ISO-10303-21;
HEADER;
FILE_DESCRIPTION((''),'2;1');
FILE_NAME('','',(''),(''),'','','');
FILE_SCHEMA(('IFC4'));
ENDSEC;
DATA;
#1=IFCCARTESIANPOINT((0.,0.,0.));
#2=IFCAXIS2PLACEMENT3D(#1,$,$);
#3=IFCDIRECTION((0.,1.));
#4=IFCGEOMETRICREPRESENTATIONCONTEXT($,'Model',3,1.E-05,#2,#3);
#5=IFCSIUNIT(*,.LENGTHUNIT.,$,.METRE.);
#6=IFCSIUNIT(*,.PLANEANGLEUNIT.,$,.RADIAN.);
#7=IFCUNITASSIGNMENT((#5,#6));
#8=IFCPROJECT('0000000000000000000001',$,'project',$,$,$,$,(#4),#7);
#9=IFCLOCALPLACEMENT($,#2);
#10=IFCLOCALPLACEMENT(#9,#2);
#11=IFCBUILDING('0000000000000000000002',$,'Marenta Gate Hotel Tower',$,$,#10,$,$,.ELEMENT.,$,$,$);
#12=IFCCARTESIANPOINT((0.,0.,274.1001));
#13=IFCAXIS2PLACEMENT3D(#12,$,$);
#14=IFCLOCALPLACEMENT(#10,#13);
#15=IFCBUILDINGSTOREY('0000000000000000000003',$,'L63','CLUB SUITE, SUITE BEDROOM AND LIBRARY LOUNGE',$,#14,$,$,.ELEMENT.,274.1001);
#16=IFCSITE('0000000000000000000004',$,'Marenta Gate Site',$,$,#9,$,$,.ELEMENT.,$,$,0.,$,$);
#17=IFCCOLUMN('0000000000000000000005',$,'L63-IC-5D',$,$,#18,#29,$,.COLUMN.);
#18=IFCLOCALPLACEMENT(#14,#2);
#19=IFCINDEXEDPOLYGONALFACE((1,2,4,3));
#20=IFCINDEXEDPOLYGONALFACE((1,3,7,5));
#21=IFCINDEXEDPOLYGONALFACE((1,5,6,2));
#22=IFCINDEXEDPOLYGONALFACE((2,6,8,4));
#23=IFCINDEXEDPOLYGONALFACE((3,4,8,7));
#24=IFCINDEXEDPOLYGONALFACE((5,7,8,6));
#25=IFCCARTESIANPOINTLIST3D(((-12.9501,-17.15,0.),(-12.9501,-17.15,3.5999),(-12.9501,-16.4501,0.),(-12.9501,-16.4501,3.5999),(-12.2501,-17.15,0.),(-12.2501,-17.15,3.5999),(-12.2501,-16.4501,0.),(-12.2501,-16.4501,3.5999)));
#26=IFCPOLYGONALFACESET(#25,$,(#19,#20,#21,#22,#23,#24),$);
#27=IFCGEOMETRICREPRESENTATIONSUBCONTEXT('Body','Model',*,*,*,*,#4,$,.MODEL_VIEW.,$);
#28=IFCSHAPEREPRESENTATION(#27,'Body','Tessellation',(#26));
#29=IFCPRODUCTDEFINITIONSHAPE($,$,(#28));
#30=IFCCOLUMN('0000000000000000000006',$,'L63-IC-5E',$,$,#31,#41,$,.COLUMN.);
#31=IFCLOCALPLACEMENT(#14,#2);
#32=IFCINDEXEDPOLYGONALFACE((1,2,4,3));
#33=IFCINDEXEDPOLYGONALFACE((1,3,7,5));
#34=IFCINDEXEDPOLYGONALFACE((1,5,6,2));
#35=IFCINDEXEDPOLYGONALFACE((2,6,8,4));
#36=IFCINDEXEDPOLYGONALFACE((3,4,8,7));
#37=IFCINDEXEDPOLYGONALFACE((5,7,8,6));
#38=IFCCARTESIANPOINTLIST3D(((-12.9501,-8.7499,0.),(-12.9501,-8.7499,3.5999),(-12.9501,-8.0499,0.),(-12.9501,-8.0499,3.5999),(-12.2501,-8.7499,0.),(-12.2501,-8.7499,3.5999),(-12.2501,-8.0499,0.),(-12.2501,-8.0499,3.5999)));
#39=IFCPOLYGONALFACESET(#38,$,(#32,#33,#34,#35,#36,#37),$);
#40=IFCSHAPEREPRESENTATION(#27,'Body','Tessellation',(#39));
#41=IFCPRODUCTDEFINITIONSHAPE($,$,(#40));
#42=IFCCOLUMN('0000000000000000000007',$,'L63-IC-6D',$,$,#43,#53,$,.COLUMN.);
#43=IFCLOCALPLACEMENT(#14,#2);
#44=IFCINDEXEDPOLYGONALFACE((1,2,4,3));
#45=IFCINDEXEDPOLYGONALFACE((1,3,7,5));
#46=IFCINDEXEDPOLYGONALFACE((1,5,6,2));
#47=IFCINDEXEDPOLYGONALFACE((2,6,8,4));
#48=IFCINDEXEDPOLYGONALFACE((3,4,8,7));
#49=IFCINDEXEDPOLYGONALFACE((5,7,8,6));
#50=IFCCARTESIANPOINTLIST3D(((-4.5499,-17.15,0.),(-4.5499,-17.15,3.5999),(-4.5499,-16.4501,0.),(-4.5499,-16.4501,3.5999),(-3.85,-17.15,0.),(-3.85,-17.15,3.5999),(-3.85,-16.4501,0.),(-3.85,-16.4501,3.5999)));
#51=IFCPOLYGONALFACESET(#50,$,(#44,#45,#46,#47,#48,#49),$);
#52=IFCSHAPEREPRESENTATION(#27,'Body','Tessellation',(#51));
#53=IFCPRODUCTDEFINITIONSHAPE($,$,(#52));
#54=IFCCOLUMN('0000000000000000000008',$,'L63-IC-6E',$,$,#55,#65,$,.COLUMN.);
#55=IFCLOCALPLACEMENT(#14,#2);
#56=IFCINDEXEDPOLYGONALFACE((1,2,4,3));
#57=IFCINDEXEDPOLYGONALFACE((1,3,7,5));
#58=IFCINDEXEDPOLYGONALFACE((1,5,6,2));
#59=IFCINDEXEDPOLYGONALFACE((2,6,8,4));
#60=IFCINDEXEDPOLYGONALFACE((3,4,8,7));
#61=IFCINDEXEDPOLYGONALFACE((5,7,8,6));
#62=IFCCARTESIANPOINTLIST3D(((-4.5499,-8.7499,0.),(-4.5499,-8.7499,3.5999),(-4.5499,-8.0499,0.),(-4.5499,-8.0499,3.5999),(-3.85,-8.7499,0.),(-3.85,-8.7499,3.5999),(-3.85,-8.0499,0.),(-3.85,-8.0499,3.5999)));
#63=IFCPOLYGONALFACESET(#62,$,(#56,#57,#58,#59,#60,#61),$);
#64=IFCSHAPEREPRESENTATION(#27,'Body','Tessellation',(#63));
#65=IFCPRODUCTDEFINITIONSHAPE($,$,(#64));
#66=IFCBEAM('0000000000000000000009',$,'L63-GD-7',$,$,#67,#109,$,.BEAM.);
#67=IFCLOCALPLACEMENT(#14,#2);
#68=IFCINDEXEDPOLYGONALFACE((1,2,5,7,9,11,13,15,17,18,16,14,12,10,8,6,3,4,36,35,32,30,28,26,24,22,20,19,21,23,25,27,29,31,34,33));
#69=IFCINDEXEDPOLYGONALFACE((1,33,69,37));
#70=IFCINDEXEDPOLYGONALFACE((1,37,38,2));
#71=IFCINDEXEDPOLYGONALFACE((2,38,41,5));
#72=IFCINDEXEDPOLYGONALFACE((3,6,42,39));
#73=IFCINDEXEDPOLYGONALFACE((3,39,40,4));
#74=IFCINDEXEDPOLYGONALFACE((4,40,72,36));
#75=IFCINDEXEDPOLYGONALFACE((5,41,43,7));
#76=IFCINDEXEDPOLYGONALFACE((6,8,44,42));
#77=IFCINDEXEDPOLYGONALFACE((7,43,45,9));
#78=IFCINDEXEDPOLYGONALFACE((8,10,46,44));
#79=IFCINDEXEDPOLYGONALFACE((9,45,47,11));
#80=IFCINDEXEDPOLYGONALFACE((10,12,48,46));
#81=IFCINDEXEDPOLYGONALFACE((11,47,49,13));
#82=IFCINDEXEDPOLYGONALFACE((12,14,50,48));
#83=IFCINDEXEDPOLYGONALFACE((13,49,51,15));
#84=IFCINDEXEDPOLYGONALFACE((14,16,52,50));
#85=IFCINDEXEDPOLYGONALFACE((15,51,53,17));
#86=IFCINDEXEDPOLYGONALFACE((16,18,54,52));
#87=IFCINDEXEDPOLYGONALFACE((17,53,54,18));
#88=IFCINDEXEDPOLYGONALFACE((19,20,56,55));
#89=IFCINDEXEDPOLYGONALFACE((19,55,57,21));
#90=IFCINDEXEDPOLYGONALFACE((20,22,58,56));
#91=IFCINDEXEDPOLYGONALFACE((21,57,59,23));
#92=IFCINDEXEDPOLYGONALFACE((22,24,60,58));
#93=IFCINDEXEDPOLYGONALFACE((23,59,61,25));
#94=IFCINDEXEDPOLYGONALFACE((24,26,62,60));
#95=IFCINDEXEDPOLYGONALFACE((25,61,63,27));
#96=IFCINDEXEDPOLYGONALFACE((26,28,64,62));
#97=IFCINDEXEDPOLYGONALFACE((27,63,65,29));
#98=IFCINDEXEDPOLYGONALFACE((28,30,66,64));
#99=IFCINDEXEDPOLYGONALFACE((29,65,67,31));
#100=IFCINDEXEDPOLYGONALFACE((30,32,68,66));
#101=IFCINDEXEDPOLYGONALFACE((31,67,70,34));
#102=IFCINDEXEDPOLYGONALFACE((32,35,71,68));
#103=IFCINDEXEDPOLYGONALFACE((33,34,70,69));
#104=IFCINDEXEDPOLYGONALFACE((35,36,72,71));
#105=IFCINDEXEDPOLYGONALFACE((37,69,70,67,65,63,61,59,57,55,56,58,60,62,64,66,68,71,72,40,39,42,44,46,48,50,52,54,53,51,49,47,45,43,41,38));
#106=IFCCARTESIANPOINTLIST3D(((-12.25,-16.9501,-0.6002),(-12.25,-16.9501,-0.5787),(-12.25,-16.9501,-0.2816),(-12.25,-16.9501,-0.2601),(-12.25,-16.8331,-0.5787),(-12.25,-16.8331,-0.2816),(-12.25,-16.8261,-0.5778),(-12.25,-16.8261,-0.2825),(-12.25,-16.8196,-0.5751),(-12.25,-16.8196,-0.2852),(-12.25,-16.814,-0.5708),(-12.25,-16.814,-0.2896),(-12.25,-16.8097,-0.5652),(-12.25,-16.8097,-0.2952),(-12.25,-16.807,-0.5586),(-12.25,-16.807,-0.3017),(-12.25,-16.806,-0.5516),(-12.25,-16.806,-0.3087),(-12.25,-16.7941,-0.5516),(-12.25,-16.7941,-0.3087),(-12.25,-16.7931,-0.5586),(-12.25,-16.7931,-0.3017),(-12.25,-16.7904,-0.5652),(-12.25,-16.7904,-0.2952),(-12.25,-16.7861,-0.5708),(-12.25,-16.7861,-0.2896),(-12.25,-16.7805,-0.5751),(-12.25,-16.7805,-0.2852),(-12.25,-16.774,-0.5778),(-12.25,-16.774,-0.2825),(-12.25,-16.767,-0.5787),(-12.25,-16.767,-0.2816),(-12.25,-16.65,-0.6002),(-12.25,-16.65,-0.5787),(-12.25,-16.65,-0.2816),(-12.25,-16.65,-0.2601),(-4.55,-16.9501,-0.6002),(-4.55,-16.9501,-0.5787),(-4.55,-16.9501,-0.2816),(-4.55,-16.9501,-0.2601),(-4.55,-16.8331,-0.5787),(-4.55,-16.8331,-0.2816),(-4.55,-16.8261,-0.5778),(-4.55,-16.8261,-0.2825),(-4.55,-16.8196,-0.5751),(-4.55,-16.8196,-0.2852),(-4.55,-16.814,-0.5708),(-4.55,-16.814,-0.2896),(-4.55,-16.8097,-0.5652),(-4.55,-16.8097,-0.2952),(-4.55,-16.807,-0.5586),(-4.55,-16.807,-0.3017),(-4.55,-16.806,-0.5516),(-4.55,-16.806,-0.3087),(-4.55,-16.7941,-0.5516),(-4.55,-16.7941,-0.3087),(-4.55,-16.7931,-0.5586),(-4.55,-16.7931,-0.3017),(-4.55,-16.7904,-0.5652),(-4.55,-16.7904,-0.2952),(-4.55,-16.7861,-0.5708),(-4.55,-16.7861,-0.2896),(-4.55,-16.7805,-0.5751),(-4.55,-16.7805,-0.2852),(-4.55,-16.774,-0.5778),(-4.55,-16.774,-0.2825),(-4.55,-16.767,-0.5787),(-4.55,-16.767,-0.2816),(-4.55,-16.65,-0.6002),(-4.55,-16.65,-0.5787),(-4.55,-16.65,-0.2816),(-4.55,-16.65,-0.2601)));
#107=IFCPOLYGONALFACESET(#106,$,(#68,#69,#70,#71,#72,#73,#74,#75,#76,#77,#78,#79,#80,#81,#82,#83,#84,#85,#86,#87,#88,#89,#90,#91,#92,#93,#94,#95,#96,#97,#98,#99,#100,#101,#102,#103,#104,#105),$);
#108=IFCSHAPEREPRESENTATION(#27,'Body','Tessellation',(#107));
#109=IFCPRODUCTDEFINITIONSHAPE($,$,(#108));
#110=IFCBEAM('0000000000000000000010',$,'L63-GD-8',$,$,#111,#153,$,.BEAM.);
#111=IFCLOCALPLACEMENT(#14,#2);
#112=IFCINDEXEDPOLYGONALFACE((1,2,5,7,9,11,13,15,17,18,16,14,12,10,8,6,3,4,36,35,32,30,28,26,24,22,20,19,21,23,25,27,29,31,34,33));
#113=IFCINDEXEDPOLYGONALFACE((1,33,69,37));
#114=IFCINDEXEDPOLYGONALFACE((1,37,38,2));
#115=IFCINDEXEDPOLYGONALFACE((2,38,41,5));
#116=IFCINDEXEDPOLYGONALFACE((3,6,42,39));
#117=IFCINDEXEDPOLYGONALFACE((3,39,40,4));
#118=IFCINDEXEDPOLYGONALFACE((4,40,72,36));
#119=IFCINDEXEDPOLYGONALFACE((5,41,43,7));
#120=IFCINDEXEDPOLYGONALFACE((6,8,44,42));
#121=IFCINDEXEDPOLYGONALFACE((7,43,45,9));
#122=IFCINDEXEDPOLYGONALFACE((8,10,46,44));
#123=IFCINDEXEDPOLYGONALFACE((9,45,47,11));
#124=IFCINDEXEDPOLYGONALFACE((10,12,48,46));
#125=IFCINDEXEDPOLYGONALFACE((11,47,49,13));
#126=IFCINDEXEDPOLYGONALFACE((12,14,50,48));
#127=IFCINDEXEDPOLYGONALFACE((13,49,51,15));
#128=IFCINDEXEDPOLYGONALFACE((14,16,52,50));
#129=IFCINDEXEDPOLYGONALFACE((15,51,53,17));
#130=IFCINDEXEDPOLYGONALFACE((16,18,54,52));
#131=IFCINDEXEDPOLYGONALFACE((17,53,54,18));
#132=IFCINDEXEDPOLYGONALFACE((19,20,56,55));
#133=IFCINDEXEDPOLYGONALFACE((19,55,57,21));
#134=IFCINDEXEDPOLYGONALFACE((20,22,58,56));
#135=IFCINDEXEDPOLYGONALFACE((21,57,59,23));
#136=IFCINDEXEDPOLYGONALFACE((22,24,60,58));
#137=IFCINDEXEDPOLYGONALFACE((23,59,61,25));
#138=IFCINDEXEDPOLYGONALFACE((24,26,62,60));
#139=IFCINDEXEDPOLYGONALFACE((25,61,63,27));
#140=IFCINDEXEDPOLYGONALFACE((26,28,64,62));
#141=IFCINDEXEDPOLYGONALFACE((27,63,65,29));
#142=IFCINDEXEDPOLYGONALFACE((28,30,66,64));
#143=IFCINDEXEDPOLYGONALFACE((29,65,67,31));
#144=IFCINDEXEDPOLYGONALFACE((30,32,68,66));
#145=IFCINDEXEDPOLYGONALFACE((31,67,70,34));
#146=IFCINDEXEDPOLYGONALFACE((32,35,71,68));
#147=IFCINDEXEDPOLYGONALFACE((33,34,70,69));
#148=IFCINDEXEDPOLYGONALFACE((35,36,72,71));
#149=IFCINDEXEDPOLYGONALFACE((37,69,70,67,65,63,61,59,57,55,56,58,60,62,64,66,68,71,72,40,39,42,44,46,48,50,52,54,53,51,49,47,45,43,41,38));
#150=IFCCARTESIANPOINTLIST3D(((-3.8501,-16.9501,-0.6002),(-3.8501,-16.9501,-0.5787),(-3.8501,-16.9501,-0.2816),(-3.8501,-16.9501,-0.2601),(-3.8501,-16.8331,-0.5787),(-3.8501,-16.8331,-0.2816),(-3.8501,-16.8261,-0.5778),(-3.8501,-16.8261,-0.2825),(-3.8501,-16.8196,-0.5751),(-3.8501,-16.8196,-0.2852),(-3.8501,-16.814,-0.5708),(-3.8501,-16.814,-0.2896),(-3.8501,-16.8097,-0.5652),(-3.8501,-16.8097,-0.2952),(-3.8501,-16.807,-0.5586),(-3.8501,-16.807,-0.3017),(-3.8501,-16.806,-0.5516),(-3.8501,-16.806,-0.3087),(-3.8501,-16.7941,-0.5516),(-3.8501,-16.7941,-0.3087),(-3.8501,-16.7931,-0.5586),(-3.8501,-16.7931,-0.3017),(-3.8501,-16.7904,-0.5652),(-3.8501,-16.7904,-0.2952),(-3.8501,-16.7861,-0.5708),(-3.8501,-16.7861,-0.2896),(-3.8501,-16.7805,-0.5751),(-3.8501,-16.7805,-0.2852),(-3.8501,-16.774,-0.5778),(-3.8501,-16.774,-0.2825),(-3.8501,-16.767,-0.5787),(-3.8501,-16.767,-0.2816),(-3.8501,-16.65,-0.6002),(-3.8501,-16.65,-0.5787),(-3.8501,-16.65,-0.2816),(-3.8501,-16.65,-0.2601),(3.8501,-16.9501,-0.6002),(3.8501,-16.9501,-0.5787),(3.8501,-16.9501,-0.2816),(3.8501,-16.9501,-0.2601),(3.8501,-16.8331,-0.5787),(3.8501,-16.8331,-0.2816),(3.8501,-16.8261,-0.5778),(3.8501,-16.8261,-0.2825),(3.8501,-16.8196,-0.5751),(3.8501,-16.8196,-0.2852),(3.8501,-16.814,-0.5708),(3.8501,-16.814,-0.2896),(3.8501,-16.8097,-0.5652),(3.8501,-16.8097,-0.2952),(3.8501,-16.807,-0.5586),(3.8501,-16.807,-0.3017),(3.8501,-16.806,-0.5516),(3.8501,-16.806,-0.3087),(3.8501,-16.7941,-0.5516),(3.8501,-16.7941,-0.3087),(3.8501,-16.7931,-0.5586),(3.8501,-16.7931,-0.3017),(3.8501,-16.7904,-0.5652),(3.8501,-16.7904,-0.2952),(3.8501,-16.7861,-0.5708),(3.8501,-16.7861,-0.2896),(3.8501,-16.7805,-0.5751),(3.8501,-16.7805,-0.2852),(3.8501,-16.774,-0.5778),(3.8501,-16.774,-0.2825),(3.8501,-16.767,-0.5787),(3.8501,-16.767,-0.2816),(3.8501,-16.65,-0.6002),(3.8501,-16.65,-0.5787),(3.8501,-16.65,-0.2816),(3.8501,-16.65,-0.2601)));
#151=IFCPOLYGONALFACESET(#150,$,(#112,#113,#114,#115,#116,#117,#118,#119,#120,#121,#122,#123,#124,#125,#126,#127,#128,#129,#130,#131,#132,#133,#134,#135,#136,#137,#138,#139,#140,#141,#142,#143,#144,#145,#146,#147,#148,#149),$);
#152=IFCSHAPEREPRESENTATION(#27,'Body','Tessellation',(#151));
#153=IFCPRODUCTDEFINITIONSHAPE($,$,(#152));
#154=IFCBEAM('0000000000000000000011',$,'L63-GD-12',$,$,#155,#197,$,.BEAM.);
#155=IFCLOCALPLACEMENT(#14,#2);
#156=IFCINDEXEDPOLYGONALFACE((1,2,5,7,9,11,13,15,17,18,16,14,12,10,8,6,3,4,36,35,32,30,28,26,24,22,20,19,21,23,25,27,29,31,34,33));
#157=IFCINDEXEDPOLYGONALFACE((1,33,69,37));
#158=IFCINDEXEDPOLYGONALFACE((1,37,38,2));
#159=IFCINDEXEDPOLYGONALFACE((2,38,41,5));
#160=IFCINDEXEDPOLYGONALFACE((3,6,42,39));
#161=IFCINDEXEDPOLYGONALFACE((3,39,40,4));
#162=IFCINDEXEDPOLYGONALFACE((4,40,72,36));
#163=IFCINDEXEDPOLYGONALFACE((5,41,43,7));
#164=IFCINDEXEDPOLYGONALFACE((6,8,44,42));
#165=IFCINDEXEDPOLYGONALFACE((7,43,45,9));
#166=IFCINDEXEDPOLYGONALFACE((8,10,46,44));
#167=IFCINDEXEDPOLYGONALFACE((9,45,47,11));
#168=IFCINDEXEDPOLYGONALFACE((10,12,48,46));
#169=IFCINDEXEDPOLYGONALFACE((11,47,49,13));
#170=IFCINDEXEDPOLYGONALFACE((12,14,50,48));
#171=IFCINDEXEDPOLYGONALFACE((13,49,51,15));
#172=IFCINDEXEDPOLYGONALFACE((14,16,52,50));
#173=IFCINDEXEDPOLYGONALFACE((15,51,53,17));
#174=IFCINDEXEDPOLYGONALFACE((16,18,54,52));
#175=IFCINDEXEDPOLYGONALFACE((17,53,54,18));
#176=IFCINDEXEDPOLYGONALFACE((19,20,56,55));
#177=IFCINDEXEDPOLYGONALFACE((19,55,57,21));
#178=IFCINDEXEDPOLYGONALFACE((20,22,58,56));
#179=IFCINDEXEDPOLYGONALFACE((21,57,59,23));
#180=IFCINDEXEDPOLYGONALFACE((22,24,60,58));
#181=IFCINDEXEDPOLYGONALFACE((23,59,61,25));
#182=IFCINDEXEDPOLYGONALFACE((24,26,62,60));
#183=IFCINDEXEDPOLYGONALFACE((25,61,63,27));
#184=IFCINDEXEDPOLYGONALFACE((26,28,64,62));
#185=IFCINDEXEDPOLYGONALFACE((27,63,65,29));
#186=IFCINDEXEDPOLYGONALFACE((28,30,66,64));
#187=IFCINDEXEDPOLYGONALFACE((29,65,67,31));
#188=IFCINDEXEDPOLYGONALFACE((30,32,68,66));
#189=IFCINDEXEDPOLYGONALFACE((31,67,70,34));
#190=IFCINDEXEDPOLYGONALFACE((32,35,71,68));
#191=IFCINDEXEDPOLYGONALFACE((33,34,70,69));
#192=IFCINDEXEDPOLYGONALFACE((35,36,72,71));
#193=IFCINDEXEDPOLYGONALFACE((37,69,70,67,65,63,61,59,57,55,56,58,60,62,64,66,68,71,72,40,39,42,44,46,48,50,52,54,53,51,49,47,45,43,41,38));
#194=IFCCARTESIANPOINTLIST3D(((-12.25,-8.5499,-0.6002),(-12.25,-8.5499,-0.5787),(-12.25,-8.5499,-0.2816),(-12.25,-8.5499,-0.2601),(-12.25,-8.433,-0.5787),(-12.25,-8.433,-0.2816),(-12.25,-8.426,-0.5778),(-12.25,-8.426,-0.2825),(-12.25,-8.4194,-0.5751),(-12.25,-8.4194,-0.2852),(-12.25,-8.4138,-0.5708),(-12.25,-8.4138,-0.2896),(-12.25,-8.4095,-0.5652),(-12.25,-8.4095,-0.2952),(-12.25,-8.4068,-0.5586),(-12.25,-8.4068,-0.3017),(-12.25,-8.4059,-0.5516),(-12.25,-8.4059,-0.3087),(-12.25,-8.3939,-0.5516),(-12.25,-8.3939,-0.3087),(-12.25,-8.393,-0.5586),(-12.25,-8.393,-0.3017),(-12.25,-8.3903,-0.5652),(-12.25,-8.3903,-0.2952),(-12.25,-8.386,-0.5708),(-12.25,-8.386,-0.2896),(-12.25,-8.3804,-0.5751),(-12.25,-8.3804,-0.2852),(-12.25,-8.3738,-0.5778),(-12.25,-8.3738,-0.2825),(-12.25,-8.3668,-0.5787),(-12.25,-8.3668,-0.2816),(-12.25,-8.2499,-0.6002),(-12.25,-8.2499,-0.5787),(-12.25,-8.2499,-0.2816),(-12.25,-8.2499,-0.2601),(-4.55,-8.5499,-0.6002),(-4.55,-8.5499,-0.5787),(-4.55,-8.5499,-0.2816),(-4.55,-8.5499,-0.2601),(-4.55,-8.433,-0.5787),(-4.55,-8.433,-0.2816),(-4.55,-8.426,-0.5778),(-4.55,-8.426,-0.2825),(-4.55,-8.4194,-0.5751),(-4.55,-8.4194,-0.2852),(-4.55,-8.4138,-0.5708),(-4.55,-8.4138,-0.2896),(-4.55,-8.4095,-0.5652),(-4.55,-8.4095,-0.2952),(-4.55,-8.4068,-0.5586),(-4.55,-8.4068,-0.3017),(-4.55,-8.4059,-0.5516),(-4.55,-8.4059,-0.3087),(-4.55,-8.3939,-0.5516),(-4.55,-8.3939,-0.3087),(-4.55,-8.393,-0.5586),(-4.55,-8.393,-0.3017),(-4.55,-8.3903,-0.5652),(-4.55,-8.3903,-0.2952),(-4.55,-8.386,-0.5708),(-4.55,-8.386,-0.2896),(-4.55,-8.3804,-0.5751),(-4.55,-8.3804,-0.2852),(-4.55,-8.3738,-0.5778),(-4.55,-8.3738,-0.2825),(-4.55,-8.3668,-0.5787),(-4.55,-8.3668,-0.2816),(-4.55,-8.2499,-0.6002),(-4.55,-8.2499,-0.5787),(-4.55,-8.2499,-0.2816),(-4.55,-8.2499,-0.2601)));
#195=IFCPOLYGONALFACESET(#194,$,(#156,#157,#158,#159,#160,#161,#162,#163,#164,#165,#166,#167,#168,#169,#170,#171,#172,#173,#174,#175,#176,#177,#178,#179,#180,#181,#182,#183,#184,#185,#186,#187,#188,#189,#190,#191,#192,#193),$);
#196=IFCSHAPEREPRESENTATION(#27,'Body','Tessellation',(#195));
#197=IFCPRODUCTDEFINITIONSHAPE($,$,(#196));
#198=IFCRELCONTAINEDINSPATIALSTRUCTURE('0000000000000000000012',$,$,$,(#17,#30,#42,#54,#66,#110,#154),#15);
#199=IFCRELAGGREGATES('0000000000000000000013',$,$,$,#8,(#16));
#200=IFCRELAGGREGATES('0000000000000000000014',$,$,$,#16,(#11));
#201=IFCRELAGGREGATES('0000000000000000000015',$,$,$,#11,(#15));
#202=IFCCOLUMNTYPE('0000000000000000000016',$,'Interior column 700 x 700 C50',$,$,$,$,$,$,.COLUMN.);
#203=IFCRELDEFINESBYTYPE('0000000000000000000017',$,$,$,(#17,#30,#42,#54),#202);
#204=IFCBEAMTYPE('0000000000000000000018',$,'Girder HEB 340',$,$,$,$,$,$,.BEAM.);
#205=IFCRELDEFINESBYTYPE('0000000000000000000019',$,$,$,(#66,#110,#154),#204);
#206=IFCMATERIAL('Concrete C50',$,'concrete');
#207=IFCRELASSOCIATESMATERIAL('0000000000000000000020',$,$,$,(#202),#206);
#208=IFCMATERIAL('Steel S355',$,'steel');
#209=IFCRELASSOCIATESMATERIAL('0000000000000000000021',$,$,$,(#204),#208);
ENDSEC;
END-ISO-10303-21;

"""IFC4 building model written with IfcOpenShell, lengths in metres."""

from ifc_helpers import new_model, si_unit, direction, frame, origin, origin_2d, place, context, subcontext, project, spatial, rectangle, i_section, extrude, material, material_profile, profile_set, type_object, element, save


model = new_model("IFC4")

# Units and contexts
model_context = context("Model", 3, precision=1e-05, world=origin(), true_north=direction((0.0, 1.0)))
body_context = subcontext(model_context, "Body", "Model", "MODEL_VIEW")
ifc_project = project(units=[si_unit("LENGTHUNIT", "METRE"), si_unit("PLANEANGLEUNIT", "RADIAN")], contexts=[model_context])

# Site, building, storey
site_placement = place(None, origin())
site = spatial("IfcSite", under=ifc_project, at=site_placement, Name="Marenta Gate Site", CompositionType="ELEMENT", RefElevation=0.0)
building_placement = place(site_placement, origin())
building = spatial("IfcBuilding", under=site, at=building_placement, Name="Marenta Gate Hotel Tower", CompositionType="ELEMENT")
storey_placement = place(building_placement, frame((0.0, 0.0, 274.1001)))
storey = spatial("IfcBuildingStorey", under=building, at=storey_placement, Name="L63", Description="CLUB SUITE, SUITE BEDROOM AND LIBRARY LOUNGE", CompositionType="ELEMENT", Elevation=274.1001)

# Columns
ifc_material_1 = material(Name="Concrete C50", Category="concrete")
ifc_material_profile_1 = material_profile(ifc_material_1, rectangle(XDim=0.7, YDim=0.7, at=origin_2d()), Name="700 x 700")
ifc_profile_set_1 = profile_set([ifc_material_profile_1], Name="Concrete C50")
column_type = type_object("IfcColumnType", Name="Interior column 700 x 700 C50", PredefinedType="COLUMN", material=ifc_profile_set_1)
for number, where, z_axis, x_axis, name in (
    (1, (-12.6001, -16.8, 0.0), (0.0, 0.0, 1.0), (1.0, 0.0, 0.0), "L63-IC-5D"),
    (2, (-12.6001, -8.3999, 0.0), (0.0, 0.0, 1.0), (1.0, 0.0, 0.0), "L63-IC-5E"),
    (3, (-4.2, -16.8, 0.0), (0.0, 0.0, 1.0), (1.0, 0.0, 0.0), "L63-IC-6D"),
    (4, (-4.2, -8.3999, 0.0), (0.0, 0.0, 1.0), (1.0, 0.0, 0.0), "L63-IC-6E"),
):
    element("IfcColumn", number, at=place(storey_placement, frame(where, z_axis=z_axis, x_axis=x_axis)), inside=storey, type_object=column_type, Name=name, PredefinedType="COLUMN", context=body_context, shape_type="SweptSolid", body=[
        extrude(rectangle(XDim=0.7, YDim=0.7, at=origin_2d()), origin(), (0.0, 0.0, 1.0), 3.5999),
    ])

# Beams
ifc_material_2 = material(Name="Steel S355", Category="steel")
ifc_material_profile_2 = material_profile(ifc_material_2, i_section(OverallWidth=0.3, OverallDepth=0.3401, WebThickness=0.012, FlangeThickness=0.0215, FilletRadius=0.0271, at=origin_2d()), Name="HEB 340")
ifc_profile_set_2 = profile_set([ifc_material_profile_2], Name="Steel S355")
beam_type = type_object("IfcBeamType", Name="Girder HEB 340", PredefinedType="BEAM", material=ifc_profile_set_2)
beam_1_placement = place(storey_placement, frame((-12.25, -16.8, -0.4302), z_axis=(1.0, 0.0, 0.0), x_axis=(0.0, 1.0, 0.0)))
element("IfcBeam", 5, at=beam_1_placement, inside=storey, type_object=beam_type, Name="L63-GD-7", PredefinedType="BEAM", context=body_context, shape_type="SweptSolid", body=[
    extrude(i_section(OverallWidth=0.3, OverallDepth=0.3401, WebThickness=0.012, FlangeThickness=0.0215, FilletRadius=0.0271, at=origin_2d()), origin(), (0.0, 0.0, 1.0), 7.7),
])
beam_2_placement = place(storey_placement, frame((-3.8501, -16.8, -0.4302), z_axis=(1.0, 0.0, 0.0), x_axis=(0.0, 1.0, 0.0)))
element("IfcBeam", 6, at=beam_2_placement, inside=storey, type_object=beam_type, Name="L63-GD-8", PredefinedType="BEAM", context=body_context, shape_type="SweptSolid", body=[
    extrude(i_section(OverallWidth=0.3, OverallDepth=0.3401, WebThickness=0.012, FlangeThickness=0.0215, FilletRadius=0.0271, at=origin_2d()), origin(), (0.0, 0.0, 1.0), 7.7002),
])
beam_3_placement = place(storey_placement, frame((-12.25, -8.3999, -0.4302), z_axis=(1.0, 0.0, 0.0), x_axis=(0.0, 1.0, 0.0)))
element("IfcBeam", 7, at=beam_3_placement, inside=storey, type_object=beam_type, Name="L63-GD-12", PredefinedType="BEAM", context=body_context, shape_type="SweptSolid", body=[
    extrude(i_section(OverallWidth=0.3, OverallDepth=0.3401, WebThickness=0.012, FlangeThickness=0.0215, FilletRadius=0.0271, at=origin_2d()), origin(), (0.0, 0.0, 1.0), 7.7),
])

save(model, "model.ifc")
